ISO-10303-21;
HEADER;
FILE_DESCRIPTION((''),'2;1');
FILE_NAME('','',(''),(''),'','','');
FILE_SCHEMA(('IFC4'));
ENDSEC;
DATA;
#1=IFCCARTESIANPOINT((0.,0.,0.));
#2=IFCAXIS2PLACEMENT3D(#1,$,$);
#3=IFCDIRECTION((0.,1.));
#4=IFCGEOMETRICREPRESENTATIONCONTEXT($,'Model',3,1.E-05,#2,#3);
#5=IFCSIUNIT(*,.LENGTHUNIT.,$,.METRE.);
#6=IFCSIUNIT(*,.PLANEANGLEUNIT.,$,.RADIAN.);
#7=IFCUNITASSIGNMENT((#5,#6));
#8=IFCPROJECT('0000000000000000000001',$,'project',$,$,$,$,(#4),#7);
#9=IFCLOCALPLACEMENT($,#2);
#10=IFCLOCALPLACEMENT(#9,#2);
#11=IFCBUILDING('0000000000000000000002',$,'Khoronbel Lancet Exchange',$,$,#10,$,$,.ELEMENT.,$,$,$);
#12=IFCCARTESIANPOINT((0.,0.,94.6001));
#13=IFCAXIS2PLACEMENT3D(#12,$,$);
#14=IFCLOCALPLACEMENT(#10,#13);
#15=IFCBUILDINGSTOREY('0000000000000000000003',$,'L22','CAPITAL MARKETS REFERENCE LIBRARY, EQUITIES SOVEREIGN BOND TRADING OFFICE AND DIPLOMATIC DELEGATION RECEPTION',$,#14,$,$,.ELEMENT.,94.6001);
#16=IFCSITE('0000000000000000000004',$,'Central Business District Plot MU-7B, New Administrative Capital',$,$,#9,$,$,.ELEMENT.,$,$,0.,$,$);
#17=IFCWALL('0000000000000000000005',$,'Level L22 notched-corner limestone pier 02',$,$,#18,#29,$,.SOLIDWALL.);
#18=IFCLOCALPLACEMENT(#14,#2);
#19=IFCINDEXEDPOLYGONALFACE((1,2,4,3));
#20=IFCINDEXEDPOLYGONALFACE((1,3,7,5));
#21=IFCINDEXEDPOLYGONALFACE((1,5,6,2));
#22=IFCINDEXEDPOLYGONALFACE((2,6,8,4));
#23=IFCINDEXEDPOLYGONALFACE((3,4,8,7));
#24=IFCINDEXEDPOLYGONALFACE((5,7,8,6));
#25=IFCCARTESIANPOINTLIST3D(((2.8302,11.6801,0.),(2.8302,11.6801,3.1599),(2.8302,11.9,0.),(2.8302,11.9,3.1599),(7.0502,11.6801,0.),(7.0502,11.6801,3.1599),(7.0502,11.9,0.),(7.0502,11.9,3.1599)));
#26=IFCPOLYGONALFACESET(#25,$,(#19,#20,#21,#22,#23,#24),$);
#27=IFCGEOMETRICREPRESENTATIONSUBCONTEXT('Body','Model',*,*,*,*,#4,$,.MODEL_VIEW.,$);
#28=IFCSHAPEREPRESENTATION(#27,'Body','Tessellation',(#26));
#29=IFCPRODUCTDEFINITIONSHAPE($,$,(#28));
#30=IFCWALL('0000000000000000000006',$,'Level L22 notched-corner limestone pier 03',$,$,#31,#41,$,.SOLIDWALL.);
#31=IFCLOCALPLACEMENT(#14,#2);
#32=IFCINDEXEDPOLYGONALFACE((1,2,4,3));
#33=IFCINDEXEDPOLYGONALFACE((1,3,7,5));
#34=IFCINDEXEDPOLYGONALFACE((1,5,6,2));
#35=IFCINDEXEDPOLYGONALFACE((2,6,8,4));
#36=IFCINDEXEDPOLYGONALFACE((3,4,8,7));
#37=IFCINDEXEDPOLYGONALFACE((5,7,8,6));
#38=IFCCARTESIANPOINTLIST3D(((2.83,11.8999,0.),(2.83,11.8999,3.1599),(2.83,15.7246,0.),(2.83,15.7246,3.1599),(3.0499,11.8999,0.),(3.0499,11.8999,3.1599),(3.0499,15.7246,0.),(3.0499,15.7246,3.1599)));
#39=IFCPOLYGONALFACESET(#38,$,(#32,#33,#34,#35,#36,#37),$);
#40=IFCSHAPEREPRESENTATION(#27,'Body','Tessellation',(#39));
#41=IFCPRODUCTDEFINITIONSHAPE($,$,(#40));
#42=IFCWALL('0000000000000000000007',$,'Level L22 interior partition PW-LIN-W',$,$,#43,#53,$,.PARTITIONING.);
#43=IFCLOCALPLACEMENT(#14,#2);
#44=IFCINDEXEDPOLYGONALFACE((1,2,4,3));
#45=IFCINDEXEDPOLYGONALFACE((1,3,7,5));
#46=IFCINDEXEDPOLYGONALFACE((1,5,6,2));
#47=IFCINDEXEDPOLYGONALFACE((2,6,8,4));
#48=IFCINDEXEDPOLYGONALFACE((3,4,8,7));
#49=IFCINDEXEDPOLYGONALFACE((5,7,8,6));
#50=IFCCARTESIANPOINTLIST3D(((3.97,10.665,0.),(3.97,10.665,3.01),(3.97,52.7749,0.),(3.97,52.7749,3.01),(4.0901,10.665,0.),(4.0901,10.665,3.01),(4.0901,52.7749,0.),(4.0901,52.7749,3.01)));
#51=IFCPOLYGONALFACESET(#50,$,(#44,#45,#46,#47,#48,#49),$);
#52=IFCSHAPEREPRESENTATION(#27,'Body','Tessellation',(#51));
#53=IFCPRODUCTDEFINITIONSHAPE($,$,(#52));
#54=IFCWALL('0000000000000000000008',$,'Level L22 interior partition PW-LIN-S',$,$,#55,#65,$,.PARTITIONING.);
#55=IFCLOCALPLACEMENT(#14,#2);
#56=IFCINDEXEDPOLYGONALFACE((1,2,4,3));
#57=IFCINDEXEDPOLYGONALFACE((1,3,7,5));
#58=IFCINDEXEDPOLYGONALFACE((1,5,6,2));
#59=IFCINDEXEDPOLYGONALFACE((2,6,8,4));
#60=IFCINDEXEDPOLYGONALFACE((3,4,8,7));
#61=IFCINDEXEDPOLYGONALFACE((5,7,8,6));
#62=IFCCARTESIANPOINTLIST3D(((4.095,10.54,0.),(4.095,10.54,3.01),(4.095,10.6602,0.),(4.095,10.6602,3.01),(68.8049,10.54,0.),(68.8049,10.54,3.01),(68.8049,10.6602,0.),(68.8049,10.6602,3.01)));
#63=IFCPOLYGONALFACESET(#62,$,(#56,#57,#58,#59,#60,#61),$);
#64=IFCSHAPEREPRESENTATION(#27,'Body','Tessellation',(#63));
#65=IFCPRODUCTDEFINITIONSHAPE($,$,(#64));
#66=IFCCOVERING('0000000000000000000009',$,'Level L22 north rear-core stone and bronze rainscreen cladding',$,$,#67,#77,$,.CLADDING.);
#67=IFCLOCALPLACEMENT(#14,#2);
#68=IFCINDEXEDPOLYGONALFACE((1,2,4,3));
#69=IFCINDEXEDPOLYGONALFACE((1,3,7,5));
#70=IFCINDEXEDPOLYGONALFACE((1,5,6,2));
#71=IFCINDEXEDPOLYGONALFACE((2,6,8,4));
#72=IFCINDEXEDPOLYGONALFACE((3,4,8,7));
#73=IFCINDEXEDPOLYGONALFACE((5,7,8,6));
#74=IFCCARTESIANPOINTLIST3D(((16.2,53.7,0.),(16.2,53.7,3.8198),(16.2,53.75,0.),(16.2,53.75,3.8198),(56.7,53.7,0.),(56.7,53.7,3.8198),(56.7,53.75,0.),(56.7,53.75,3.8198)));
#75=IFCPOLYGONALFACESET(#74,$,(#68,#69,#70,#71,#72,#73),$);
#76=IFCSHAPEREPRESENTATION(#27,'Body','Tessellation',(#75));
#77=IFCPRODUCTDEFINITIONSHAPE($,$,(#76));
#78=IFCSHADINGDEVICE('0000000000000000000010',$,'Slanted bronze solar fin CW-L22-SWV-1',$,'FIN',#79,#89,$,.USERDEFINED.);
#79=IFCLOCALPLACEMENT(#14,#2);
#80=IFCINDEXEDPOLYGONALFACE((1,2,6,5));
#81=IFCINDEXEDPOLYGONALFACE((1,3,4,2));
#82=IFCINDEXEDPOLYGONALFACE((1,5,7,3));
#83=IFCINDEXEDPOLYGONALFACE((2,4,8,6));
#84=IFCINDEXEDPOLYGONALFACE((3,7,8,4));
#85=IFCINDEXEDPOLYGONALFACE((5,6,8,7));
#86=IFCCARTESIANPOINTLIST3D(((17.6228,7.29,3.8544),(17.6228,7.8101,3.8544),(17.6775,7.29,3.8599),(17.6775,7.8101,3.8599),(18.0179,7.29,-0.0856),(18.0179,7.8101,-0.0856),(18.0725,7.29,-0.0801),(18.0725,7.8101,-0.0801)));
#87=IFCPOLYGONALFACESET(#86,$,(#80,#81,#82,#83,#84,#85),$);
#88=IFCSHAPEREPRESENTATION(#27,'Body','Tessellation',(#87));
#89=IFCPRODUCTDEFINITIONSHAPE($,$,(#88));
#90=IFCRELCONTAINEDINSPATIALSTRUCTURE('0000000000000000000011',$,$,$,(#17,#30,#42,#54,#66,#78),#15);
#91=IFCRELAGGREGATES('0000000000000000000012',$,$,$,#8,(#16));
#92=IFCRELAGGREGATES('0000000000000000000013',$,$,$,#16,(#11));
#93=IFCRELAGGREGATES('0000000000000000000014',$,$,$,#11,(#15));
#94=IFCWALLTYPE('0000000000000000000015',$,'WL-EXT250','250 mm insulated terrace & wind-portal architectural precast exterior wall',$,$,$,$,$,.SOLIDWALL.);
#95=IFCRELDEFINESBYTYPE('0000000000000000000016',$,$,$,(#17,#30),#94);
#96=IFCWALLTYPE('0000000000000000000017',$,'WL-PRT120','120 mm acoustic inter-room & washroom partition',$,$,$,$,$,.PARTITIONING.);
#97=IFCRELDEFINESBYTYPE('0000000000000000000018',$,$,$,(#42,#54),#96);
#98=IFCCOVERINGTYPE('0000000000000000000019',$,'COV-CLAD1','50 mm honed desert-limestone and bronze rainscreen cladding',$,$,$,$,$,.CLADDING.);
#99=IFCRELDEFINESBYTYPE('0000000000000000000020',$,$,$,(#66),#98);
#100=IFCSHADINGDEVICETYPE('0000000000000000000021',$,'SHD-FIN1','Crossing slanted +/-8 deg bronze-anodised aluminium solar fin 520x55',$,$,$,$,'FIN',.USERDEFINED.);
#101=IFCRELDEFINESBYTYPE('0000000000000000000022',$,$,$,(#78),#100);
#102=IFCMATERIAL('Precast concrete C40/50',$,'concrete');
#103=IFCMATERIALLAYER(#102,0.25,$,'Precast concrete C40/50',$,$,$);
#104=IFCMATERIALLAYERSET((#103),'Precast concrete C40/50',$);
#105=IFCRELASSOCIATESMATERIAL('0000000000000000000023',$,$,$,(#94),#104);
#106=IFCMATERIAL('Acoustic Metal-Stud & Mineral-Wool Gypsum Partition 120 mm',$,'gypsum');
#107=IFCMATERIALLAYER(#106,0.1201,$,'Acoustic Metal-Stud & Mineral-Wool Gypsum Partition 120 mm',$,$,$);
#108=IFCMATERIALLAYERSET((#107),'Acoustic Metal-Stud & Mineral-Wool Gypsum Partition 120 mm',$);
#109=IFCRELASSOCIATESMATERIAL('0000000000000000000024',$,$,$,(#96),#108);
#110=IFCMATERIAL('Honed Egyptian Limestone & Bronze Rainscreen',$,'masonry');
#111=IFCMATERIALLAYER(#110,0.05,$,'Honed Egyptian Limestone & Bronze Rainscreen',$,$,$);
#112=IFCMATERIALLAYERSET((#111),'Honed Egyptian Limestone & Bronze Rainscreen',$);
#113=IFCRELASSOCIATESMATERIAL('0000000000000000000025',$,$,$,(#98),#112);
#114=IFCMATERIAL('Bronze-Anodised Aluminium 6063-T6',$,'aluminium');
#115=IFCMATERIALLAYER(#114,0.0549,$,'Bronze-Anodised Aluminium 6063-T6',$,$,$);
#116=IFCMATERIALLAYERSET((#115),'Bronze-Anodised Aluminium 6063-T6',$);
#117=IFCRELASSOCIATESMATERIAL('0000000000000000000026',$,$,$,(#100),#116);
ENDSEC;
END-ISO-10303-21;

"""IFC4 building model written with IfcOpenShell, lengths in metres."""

from ifc_helpers import new_model, si_unit, direction, frame, frame_2d, origin, place, context, subcontext, project, spatial, polyline, rectangle, outline, extrude, material, layer, layer_set, type_object, element, save


model = new_model("IFC4")

# Units and contexts
model_context = context("Model", 3, precision=1e-05, world=origin(), true_north=direction((0.0, 1.0)))
body_context = subcontext(model_context, "Body", "Model", "MODEL_VIEW")
ifc_project = project(units=[si_unit("LENGTHUNIT", "METRE"), si_unit("PLANEANGLEUNIT", "RADIAN")], contexts=[model_context])

# Site, building, storey
site_placement = place(None, origin())
site = spatial("IfcSite", under=ifc_project, at=site_placement, Name="Central Business District Plot MU-7B, New Administrative Capital", CompositionType="ELEMENT", RefElevation=0.0)
building_placement = place(site_placement, origin())
building = spatial("IfcBuilding", under=site, at=building_placement, Name="Khoronbel Lancet Exchange", CompositionType="ELEMENT")
storey_placement = place(building_placement, frame((0.0, 0.0, 94.6001)))
storey = spatial("IfcBuildingStorey", under=building, at=storey_placement, Name="L22", Description="CAPITAL MARKETS REFERENCE LIBRARY, EQUITIES SOVEREIGN BOND TRADING OFFICE AND DIPLOMATIC DELEGATION RECEPTION", CompositionType="ELEMENT", Elevation=94.6001)

# Shared definitions
ifc_material_1 = material(Name="Bronze-Anodised Aluminium 6063-T6", Category="aluminium")

# Walls
ifc_material_2 = material(Name="Precast concrete C40/50", Category="concrete")
ifc_layer_1 = layer(ifc_material_2, 0.25, Name="Precast concrete C40/50")
ifc_layer_set_1 = layer_set([ifc_layer_1], Name="Precast concrete C40/50")
wall_type_1 = type_object("IfcWallType", Name="WL-EXT250", Description="250 mm insulated terrace & wind-portal architectural precast exterior wall", PredefinedType="SOLIDWALL", material=ifc_layer_set_1)
wall_1_placement = place(storey_placement, frame((7.05, 11.79, 0.0), z_axis=(0.0, 0.0, 1.0), x_axis=(-1.0, 0.0, 0.0)))
element("IfcWall", 1, at=wall_1_placement, inside=storey, type_object=wall_type_1, Name="Level L22 notched-corner limestone pier 02", PredefinedType="SOLIDWALL", context=body_context, shape_type="SweptSolid", body=[
    extrude(rectangle(XDim=4.22, YDim=0.22, at=frame_2d((2.1099, 0.0))), origin(), (0.0, 0.0, 1.0), 3.1599),
])
wall_2_placement = place(storey_placement, frame((2.9399, 11.8999, 0.0), z_axis=(0.0, 0.0, 1.0), x_axis=(0.0, 1.0, 0.0)))
element("IfcWall", 2, at=wall_2_placement, inside=storey, type_object=wall_type_1, Name="Level L22 notched-corner limestone pier 03", PredefinedType="SOLIDWALL", context=body_context, shape_type="SweptSolid", body=[
    extrude(rectangle(XDim=3.8247, YDim=0.22, at=frame_2d((1.9124, 0.0))), origin(), (0.0, 0.0, 1.0), 3.1599),
])
ifc_material_3 = material(Name="Acoustic Metal-Stud & Mineral-Wool Gypsum Partition 120 mm", Category="gypsum")
ifc_layer_2 = layer(ifc_material_3, 0.1201, Name="Acoustic Metal-Stud & Mineral-Wool Gypsum Partition 120 mm")
ifc_layer_set_2 = layer_set([ifc_layer_2], Name="Acoustic Metal-Stud & Mineral-Wool Gypsum Partition 120 mm")
wall_type_2 = type_object("IfcWallType", Name="WL-PRT120", Description="120 mm acoustic inter-room & washroom partition", PredefinedType="PARTITIONING", material=ifc_layer_set_2)
wall_3_placement = place(storey_placement, frame((4.03, 10.665, 0.0), z_axis=(0.0, 0.0, 1.0), x_axis=(0.0, 1.0, 0.0)))
element("IfcWall", 3, at=wall_3_placement, inside=storey, type_object=wall_type_2, Name="Level L22 interior partition PW-LIN-W", PredefinedType="PARTITIONING", context=body_context, shape_type="SweptSolid", body=[
    extrude(rectangle(XDim=42.1099, YDim=0.1201, at=frame_2d((21.0549, 0.0))), origin(), (0.0, 0.0, 1.0), 3.01),
])
wall_4_placement = place(storey_placement, frame((4.095, 10.6001, 0.0), z_axis=(0.0, 0.0, 1.0), x_axis=(1.0, 0.0, 0.0)))
element("IfcWall", 4, at=wall_4_placement, inside=storey, type_object=wall_type_2, Name="Level L22 interior partition PW-LIN-S", PredefinedType="PARTITIONING", context=body_context, shape_type="SweptSolid", body=[
    extrude(rectangle(XDim=64.71, YDim=0.1201, at=frame_2d((32.355, 0.0))), origin(), (0.0, 0.0, 1.0), 3.01),
])

# Covering
ifc_material_4 = material(Name="Honed Egyptian Limestone & Bronze Rainscreen", Category="masonry")
ifc_layer_3 = layer(ifc_material_4, 0.05, Name="Honed Egyptian Limestone & Bronze Rainscreen")
ifc_layer_set_3 = layer_set([ifc_layer_3], Name="Honed Egyptian Limestone & Bronze Rainscreen")
covering_type = type_object("IfcCoveringType", Name="COV-CLAD1", Description="50 mm honed desert-limestone and bronze rainscreen cladding", PredefinedType="CLADDING", material=ifc_layer_set_3)
covering_placement = place(storey_placement, origin())
element("IfcCovering", 5, at=covering_placement, inside=storey, type_object=covering_type, Name="Level L22 north rear-core stone and bronze rainscreen cladding", PredefinedType="CLADDING", context=body_context, shape_type="SweptSolid", body=[
    extrude(outline(polyline([(16.2, 53.7), (56.7, 53.7), (56.7, 53.75), (16.2, 53.75), (16.2, 53.7)])), origin(), (0.0, 0.0, 1.0), 3.8198),
])

# Shading device
ifc_layer_4 = layer(ifc_material_1, 0.0549, Name="Bronze-Anodised Aluminium 6063-T6")
ifc_layer_set_4 = layer_set([ifc_layer_4], Name="Bronze-Anodised Aluminium 6063-T6")
shading_device_type = type_object("IfcShadingDeviceType", Name="SHD-FIN1", Description="Crossing slanted +/-8 deg bronze-anodised aluminium solar fin 520x55", ElementType="FIN", PredefinedType="USERDEFINED", material=ifc_layer_set_4)
shading_device_placement = place(storey_placement, frame((18.0725, 7.8101, -0.0801), z_axis=(0.995012, 0.0, 0.09976), x_axis=(0.0, -1.0, 0.0)))
element("IfcShadingDevice", 6, at=shading_device_placement, inside=storey, type_object=shading_device_type, Name="Slanted bronze solar fin CW-L22-SWV-1", ObjectType="FIN", PredefinedType="USERDEFINED", context=body_context, shape_type="SweptSolid", body=[
    extrude(outline(polyline([(0.0, 0.0), (0.52, 0.0), (0.52, -3.9597), (0.0, -3.9597), (0.0, 0.0)])), origin(), (0.0, 0.0, -1.0), 0.0549),
])

save(model, "model.ifc")
